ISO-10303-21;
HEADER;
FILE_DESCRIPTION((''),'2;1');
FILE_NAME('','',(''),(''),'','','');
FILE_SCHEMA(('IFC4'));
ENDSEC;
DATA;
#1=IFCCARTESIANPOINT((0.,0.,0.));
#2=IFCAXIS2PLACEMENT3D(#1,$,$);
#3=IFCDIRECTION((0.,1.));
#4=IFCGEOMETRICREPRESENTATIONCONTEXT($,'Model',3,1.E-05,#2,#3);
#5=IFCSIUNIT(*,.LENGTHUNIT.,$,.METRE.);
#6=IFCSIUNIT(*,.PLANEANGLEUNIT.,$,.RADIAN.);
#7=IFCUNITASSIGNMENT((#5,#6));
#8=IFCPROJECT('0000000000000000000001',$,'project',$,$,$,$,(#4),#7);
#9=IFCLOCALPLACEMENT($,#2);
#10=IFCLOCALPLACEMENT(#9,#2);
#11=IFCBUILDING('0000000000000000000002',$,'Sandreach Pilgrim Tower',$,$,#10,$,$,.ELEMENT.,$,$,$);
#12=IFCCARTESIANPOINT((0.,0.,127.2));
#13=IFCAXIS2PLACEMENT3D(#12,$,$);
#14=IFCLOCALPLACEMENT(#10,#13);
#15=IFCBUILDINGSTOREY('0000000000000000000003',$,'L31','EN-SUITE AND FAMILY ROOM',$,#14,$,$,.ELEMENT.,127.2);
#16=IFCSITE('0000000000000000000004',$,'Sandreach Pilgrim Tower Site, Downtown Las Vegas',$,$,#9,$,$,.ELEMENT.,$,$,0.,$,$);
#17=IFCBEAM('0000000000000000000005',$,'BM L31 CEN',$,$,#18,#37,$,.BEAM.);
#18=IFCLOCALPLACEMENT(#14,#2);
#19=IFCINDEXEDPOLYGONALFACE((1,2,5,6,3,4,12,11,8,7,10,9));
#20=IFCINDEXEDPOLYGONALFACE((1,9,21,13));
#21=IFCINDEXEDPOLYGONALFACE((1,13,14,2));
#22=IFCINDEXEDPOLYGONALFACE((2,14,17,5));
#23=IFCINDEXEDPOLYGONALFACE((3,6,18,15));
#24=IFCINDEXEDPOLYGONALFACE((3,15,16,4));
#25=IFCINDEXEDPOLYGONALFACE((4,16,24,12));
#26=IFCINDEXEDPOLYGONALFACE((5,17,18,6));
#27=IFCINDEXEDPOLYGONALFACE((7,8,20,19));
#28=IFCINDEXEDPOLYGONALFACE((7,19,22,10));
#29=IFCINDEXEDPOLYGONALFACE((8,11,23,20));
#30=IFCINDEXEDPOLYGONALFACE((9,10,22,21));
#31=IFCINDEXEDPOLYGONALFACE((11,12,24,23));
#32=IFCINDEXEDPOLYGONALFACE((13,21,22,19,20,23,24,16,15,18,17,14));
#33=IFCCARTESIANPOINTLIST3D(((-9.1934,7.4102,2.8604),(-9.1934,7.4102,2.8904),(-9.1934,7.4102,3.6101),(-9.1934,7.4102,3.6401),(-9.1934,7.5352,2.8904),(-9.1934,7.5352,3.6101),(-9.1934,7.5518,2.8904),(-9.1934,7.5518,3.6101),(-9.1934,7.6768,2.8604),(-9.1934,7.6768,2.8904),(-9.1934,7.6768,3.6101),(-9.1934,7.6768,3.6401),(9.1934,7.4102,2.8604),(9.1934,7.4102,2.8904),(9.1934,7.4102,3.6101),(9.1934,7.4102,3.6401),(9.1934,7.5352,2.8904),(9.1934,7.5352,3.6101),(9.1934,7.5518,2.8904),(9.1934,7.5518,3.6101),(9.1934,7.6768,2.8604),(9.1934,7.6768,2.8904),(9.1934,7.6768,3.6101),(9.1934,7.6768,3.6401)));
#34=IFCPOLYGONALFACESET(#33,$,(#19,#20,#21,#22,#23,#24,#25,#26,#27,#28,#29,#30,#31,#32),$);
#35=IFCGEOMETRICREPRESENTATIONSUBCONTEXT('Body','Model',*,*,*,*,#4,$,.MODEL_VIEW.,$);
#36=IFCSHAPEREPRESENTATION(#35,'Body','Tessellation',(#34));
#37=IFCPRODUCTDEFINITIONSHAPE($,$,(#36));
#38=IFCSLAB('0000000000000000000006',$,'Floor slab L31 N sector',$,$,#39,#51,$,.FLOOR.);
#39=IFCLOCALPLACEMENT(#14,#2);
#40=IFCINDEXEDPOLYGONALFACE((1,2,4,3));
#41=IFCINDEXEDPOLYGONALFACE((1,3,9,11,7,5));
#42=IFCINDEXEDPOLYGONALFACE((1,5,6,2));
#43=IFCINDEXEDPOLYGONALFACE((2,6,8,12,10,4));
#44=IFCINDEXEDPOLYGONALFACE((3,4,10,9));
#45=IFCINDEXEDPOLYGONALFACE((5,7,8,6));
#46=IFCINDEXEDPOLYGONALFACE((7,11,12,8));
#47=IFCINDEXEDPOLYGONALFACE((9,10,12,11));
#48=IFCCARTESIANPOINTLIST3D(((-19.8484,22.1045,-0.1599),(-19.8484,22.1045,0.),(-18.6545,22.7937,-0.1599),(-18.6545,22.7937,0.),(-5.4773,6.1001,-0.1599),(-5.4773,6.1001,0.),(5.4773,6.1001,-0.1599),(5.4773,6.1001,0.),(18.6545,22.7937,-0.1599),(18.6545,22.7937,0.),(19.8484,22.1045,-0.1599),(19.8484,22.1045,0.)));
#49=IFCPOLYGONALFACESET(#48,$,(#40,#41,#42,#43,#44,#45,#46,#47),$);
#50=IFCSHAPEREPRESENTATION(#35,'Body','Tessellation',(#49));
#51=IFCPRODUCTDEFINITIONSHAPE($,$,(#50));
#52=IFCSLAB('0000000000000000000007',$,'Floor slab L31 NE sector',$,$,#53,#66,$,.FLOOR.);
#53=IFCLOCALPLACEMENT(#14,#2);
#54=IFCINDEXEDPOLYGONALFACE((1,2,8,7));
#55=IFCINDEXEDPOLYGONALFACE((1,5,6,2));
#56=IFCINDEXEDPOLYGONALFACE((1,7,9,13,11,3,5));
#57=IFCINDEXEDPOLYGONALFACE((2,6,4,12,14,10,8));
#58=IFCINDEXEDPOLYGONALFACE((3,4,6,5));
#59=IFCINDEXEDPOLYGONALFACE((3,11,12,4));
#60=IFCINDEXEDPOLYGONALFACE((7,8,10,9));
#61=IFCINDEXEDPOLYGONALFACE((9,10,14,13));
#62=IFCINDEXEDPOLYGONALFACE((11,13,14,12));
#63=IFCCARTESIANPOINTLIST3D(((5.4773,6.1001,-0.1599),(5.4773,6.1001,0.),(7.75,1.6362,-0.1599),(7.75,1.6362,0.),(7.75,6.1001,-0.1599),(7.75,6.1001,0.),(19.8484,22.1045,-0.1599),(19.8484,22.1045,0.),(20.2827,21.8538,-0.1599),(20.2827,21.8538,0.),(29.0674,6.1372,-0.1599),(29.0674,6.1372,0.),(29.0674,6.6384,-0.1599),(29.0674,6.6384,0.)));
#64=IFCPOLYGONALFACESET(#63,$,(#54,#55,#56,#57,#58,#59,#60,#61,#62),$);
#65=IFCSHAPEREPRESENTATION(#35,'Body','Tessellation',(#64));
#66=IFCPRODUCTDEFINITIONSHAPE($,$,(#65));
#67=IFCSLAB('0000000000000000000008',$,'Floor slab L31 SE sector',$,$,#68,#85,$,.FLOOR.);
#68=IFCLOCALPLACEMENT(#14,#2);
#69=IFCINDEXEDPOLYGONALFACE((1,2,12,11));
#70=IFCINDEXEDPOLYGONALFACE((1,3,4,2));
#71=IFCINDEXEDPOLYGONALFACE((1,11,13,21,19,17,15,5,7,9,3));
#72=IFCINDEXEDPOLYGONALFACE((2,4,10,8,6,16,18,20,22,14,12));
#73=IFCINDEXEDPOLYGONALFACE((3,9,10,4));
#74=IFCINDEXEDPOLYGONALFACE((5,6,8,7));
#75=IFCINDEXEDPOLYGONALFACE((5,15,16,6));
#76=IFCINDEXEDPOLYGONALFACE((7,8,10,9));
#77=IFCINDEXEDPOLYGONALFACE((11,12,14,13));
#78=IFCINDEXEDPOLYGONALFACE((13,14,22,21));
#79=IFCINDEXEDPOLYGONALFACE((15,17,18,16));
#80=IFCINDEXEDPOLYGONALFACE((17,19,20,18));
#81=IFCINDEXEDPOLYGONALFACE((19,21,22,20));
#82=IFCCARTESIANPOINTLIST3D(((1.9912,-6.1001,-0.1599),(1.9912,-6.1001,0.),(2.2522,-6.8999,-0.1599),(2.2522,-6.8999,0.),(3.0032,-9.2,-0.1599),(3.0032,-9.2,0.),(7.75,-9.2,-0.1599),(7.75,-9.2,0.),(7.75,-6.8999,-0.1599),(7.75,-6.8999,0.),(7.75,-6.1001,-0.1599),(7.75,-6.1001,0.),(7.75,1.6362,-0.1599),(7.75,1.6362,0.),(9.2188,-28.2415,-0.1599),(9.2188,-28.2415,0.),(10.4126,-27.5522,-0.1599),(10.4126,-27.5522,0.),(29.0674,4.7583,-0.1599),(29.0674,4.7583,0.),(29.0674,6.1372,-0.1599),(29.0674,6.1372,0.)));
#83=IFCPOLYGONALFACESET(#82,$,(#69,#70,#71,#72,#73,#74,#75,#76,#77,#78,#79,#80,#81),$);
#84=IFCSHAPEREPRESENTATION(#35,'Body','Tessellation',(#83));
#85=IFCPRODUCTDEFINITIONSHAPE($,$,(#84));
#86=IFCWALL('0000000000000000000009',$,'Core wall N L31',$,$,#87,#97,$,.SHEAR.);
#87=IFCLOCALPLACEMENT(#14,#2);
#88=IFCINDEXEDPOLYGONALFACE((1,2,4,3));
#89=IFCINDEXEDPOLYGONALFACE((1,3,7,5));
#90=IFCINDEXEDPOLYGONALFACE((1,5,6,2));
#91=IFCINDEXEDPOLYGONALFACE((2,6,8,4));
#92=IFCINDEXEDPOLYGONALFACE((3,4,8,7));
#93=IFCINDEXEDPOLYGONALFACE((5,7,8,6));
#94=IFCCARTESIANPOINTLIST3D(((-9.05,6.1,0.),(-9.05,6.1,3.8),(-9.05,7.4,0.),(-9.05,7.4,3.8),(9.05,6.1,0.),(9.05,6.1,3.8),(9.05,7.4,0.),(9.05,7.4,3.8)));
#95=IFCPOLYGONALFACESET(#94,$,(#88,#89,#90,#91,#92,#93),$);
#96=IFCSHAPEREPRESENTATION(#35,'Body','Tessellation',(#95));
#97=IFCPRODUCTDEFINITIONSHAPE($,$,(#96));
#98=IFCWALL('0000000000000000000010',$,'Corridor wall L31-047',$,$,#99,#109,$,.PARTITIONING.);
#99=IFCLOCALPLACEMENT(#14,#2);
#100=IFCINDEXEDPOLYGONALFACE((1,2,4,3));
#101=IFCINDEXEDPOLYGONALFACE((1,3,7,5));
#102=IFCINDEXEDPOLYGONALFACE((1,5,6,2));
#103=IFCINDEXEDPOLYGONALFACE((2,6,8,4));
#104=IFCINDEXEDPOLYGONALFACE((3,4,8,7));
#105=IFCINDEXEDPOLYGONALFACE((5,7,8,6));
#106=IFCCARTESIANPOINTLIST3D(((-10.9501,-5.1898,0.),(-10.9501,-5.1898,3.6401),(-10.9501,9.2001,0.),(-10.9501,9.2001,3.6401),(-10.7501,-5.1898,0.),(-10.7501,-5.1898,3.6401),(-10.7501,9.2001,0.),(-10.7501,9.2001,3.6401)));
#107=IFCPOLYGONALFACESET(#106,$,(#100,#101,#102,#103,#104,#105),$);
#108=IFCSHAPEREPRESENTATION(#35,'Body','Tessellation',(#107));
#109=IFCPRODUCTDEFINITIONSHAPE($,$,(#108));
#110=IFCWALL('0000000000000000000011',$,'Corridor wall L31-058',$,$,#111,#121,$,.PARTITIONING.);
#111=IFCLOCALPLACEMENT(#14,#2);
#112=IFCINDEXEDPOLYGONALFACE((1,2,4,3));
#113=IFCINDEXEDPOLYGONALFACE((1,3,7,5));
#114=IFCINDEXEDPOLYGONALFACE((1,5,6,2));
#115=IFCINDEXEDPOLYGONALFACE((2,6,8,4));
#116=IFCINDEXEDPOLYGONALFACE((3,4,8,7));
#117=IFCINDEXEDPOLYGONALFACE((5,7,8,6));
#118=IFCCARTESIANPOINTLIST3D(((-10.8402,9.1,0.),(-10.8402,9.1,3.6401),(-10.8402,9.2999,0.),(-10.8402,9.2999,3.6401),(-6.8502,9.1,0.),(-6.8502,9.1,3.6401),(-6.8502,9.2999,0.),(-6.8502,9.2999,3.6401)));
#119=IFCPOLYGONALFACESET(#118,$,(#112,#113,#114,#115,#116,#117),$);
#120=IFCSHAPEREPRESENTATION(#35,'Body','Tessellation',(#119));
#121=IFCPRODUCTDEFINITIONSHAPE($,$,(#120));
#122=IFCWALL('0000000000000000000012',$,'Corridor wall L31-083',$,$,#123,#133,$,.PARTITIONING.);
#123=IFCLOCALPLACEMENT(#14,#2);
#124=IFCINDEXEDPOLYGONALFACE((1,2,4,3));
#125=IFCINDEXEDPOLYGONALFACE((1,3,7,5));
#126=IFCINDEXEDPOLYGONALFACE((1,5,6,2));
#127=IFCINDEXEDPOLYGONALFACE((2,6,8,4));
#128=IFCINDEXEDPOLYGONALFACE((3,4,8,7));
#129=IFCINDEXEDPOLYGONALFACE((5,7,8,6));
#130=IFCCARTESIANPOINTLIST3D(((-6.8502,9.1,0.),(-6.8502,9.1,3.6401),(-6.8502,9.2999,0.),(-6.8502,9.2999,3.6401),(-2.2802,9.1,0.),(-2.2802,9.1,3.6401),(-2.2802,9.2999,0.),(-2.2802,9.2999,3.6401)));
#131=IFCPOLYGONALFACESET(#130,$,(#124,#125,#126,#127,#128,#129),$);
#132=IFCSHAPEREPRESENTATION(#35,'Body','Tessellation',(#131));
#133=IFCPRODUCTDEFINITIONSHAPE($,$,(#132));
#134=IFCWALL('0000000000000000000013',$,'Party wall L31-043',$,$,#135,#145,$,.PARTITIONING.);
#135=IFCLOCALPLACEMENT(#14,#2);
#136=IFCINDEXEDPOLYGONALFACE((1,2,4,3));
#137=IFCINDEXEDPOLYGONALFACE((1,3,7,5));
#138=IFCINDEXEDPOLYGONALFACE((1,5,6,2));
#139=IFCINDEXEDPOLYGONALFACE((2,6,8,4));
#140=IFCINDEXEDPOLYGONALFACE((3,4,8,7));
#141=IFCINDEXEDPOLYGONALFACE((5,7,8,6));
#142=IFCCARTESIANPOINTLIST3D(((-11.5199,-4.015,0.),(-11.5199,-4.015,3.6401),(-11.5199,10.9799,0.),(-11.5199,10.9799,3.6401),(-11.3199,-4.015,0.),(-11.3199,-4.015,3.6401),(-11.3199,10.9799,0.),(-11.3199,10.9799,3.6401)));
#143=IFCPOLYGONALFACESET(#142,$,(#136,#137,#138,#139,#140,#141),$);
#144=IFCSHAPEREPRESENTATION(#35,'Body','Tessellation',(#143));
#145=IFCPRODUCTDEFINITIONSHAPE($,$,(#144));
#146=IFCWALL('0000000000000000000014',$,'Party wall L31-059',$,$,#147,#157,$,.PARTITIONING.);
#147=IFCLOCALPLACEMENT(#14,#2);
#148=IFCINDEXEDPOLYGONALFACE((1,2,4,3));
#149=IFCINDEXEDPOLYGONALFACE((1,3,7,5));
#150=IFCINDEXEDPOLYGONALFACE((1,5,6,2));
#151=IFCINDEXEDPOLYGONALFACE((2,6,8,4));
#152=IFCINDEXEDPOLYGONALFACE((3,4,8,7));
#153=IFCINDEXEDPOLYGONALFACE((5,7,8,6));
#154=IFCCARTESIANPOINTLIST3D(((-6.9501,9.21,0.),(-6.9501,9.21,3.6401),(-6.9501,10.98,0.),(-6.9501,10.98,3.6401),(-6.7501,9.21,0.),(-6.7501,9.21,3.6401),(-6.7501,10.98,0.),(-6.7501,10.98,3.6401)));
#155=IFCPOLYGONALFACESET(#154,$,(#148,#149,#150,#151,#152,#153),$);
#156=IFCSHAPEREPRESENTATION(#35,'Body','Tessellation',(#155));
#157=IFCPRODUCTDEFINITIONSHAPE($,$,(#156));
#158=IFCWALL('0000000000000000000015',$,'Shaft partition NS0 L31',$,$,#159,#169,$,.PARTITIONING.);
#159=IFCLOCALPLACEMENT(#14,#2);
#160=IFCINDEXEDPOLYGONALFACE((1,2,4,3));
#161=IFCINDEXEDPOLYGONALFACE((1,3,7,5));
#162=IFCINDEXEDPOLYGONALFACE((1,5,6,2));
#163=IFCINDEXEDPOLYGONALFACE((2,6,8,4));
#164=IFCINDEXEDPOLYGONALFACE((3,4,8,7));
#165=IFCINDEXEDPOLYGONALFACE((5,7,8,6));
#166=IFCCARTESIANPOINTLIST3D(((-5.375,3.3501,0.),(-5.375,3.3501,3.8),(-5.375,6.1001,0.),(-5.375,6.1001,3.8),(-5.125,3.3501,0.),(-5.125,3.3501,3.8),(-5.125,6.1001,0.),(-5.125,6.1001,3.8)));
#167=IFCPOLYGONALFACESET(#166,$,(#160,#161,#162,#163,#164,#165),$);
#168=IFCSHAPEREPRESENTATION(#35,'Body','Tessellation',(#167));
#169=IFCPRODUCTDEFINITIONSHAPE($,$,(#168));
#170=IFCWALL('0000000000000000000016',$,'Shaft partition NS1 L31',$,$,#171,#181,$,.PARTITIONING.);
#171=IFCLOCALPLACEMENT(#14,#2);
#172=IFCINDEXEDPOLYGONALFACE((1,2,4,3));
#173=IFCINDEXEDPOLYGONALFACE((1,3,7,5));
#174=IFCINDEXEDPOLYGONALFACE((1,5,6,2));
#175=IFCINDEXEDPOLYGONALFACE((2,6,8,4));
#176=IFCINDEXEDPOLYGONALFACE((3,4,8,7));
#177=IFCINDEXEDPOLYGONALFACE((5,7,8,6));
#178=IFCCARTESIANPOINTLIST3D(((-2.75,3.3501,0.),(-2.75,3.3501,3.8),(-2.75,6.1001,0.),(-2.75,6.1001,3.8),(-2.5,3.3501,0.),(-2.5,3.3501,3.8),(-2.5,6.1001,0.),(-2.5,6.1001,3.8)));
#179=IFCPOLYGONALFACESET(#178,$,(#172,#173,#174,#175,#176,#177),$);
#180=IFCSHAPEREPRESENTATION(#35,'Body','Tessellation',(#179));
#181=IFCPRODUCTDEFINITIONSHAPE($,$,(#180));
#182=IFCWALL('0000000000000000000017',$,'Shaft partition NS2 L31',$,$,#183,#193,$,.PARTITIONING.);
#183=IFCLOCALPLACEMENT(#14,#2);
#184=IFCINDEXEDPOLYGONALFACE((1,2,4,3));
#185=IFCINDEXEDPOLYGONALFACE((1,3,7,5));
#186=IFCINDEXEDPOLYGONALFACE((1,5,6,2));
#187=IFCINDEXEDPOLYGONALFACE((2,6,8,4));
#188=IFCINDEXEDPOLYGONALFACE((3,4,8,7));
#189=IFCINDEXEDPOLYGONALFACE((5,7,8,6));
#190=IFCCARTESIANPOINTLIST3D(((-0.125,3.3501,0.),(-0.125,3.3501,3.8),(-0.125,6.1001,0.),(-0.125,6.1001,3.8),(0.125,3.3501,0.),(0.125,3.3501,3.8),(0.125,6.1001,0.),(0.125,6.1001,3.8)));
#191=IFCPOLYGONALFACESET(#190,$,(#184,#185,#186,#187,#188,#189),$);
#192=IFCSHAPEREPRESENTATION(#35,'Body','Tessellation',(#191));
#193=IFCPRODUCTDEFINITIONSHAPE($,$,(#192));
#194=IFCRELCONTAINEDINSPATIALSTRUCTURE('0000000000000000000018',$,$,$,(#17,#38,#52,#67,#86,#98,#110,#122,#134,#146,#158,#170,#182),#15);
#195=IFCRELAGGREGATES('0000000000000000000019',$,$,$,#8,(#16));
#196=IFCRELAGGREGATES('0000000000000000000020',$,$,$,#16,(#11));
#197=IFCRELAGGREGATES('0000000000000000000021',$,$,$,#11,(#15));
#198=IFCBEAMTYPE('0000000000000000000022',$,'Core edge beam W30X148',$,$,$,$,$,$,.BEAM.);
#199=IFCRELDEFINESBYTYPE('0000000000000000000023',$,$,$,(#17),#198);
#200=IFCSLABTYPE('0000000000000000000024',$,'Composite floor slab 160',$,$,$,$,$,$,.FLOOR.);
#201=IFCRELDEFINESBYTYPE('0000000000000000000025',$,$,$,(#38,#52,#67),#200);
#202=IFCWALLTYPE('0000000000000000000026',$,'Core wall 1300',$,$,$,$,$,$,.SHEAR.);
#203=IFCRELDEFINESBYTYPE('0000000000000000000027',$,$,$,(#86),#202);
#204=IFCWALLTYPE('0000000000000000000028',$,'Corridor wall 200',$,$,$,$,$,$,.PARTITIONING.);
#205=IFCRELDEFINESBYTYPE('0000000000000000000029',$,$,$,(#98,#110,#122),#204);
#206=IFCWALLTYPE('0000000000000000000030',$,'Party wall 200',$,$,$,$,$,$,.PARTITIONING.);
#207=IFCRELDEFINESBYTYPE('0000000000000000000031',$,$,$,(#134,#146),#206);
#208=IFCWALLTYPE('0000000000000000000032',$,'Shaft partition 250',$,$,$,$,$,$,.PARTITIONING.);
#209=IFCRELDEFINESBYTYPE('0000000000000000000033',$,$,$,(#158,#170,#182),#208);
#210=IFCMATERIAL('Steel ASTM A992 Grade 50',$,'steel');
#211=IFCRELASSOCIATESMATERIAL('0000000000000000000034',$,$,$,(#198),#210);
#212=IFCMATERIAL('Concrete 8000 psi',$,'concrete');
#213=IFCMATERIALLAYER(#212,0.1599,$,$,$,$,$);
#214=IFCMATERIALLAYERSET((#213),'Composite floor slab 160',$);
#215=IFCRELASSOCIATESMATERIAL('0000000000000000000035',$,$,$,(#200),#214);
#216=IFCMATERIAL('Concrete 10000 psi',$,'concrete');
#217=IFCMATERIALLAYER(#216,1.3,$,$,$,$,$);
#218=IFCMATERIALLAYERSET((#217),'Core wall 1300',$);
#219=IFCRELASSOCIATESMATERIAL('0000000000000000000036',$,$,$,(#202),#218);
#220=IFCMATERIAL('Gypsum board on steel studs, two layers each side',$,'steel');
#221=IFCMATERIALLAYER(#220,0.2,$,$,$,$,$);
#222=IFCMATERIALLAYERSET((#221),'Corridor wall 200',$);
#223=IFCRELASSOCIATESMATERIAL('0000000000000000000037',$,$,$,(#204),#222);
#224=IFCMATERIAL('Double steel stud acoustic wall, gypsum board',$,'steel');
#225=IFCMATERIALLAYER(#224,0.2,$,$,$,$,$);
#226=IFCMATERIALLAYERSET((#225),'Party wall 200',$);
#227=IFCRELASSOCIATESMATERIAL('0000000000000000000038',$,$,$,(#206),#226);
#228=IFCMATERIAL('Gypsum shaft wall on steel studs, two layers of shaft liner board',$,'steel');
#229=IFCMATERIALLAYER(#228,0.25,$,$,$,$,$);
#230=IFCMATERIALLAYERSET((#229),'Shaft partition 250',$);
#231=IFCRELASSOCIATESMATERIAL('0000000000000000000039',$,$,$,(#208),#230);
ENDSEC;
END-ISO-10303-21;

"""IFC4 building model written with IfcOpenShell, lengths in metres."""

from ifc_helpers import new_model, si_unit, direction, frame, frame_2d, origin, origin_2d, place, context, subcontext, project, spatial, polyline, rectangle, i_section, outline, extrude, material, layer, layer_set, material_profile, profile_set, type_object, element, save


model = new_model("IFC4")

# Units and contexts
model_context = context("Model", 3, precision=1e-05, world=origin(), true_north=direction((0.0, 1.0)))
body_context = subcontext(model_context, "Body", "Model", "MODEL_VIEW")
ifc_project = project(units=[si_unit("LENGTHUNIT", "METRE"), si_unit("PLANEANGLEUNIT", "RADIAN")], contexts=[model_context])

# Site, building, storey
site_placement = place(None, origin())
site = spatial("IfcSite", under=ifc_project, at=site_placement, Name="Sandreach Pilgrim Tower Site, Downtown Las Vegas", CompositionType="ELEMENT", RefElevation=0.0)
building_placement = place(site_placement, origin())
building = spatial("IfcBuilding", under=site, at=building_placement, Name="Sandreach Pilgrim Tower", CompositionType="ELEMENT")
storey_placement = place(building_placement, frame((0.0, 0.0, 127.2)))
storey = spatial("IfcBuildingStorey", under=building, at=storey_placement, Name="L31", Description="EN-SUITE AND FAMILY ROOM", CompositionType="ELEMENT", Elevation=127.2)

# Beam
ifc_material_1 = material(Name="Steel ASTM A992 Grade 50", Category="steel")
ifc_material_profile = material_profile(ifc_material_1, i_section(OverallWidth=0.2666, OverallDepth=0.7798, WebThickness=0.0166, FlangeThickness=0.03, at=origin_2d()), Name="W30X148")
ifc_profile_set = profile_set([ifc_material_profile], Name="Steel ASTM A992 Grade 50")
beam_type = type_object("IfcBeamType", Name="Core edge beam W30X148", PredefinedType="BEAM", material=ifc_profile_set)
beam_placement = place(storey_placement, frame((-9.1934, 7.5435, 3.2502), z_axis=(1.0, 0.0, 0.0), x_axis=(0.0, 1.0, 0.0)))
element("IfcBeam", 1, at=beam_placement, inside=storey, type_object=beam_type, Name="BM L31 CEN", PredefinedType="BEAM", context=body_context, shape_type="SweptSolid", body=[
    extrude(i_section(OverallWidth=0.2666, OverallDepth=0.7798, WebThickness=0.0166, FlangeThickness=0.03, at=origin_2d()), origin(), (0.0, 0.0, 1.0), 18.3867),
])

# Slabs
ifc_material_2 = material(Name="Concrete 8000 psi", Category="concrete")
ifc_layer_1 = layer(ifc_material_2, 0.1599)
ifc_layer_set_1 = layer_set([ifc_layer_1], Name="Composite floor slab 160")
slab_type = type_object("IfcSlabType", Name="Composite floor slab 160", PredefinedType="FLOOR", material=ifc_layer_set_1)
slab_1_placement = place(storey_placement, frame((0.0, 0.0, -0.1599)))
element("IfcSlab", 2, at=slab_1_placement, inside=storey, type_object=slab_type, Name="Floor slab L31 N sector", PredefinedType="FLOOR", context=body_context, shape_type="SweptSolid", body=[
    extrude(outline(polyline([(-18.6545, 22.7937), (18.6545, 22.7937), (19.8484, 22.1045), (5.4773, 6.1001), (-5.4773, 6.1001), (-19.8484, 22.1045), (-18.6545, 22.7937)])), origin(), (0.0, 0.0, 1.0), 0.1599),
])
slab_2_placement = place(storey_placement, frame((0.0, 0.0, -0.1599)))
element("IfcSlab", 3, at=slab_2_placement, inside=storey, type_object=slab_type, Name="Floor slab L31 NE sector", PredefinedType="FLOOR", context=body_context, shape_type="SweptSolid", body=[
    extrude(outline(polyline([(20.2827, 21.8538), (29.0674, 6.6384), (29.0674, 6.1372), (7.75, 1.6362), (7.75, 6.1001), (5.4773, 6.1001), (19.8484, 22.1045), (20.2827, 21.8538)])), origin(), (0.0, 0.0, 1.0), 0.1599),
])
slab_3_placement = place(storey_placement, frame((0.0, 0.0, -0.1599)))
element("IfcSlab", 4, at=slab_3_placement, inside=storey, type_object=slab_type, Name="Floor slab L31 SE sector", PredefinedType="FLOOR", context=body_context, shape_type="SweptSolid", body=[
    extrude(outline(polyline([(29.0674, 4.7583), (10.4126, -27.5522), (9.2188, -28.2415), (3.0032, -9.2), (7.75, -9.2), (7.75, -6.8999), (2.2522, -6.8999), (1.9912, -6.1001), (7.75, -6.1001), (7.75, 1.6362), (29.0674, 6.1372), (29.0674, 4.7583)])), origin(), (0.0, 0.0, 1.0), 0.1599),
])

# Walls
ifc_material_3 = material(Name="Concrete 10000 psi", Category="concrete")
ifc_layer_2 = layer(ifc_material_3, 1.3)
ifc_layer_set_2 = layer_set([ifc_layer_2], Name="Core wall 1300")
wall_type_1 = type_object("IfcWallType", Name="Core wall 1300", PredefinedType="SHEAR", material=ifc_layer_set_2)
wall_1_placement = place(storey_placement, frame((-9.05, 6.75, 0.0), z_axis=(0.0, 0.0, 1.0), x_axis=(1.0, 0.0, 0.0)))
element("IfcWall", 5, at=wall_1_placement, inside=storey, type_object=wall_type_1, Name="Core wall N L31", PredefinedType="SHEAR", context=body_context, shape_type="SweptSolid", body=[
    extrude(rectangle(XDim=18.1001, YDim=1.3, at=frame_2d((9.05, 0.0))), origin(), (0.0, 0.0, 1.0), 3.8),
])
ifc_material_4 = material(Name="Gypsum board on steel studs, two layers each side", Category="steel")
ifc_layer_3 = layer(ifc_material_4, 0.2)
ifc_layer_set_3 = layer_set([ifc_layer_3], Name="Corridor wall 200")
wall_type_2 = type_object("IfcWallType", Name="Corridor wall 200", PredefinedType="PARTITIONING", material=ifc_layer_set_3)
wall_2_placement = place(storey_placement, frame((-10.8501, 9.2, 0.0), z_axis=(0.0, 0.0, 1.0), x_axis=(0.0, -1.0, 0.0)))
element("IfcWall", 6, at=wall_2_placement, inside=storey, type_object=wall_type_2, Name="Corridor wall L31-047", PredefinedType="PARTITIONING", context=body_context, shape_type="SweptSolid", body=[
    extrude(rectangle(XDim=14.3899, YDim=0.2, at=frame_2d((7.1948, 0.0))), origin(), (0.0, 0.0, 1.0), 3.6401),
])
wall_3_placement = place(storey_placement, frame((-6.8501, 9.2, 0.0), z_axis=(0.0, 0.0, 1.0), x_axis=(-1.0, 0.0, 0.0)))
element("IfcWall", 7, at=wall_3_placement, inside=storey, type_object=wall_type_2, Name="Corridor wall L31-058", PredefinedType="PARTITIONING", context=body_context, shape_type="SweptSolid", body=[
    extrude(rectangle(XDim=3.99, YDim=0.2, at=frame_2d((1.9951, 0.0))), origin(), (0.0, 0.0, 1.0), 3.6401),
])
wall_4_placement = place(storey_placement, frame((-2.28, 9.2, 0.0), z_axis=(0.0, 0.0, 1.0), x_axis=(-1.0, 0.0, 0.0)))
element("IfcWall", 8, at=wall_4_placement, inside=storey, type_object=wall_type_2, Name="Corridor wall L31-083", PredefinedType="PARTITIONING", context=body_context, shape_type="SweptSolid", body=[
    extrude(rectangle(XDim=4.5701, YDim=0.2, at=frame_2d((2.2852, 0.0))), origin(), (0.0, 0.0, 1.0), 3.6401),
])
ifc_material_5 = material(Name="Double steel stud acoustic wall, gypsum board", Category="steel")
ifc_layer_4 = layer(ifc_material_5, 0.2)
ifc_layer_set_4 = layer_set([ifc_layer_4], Name="Party wall 200")
wall_type_3 = type_object("IfcWallType", Name="Party wall 200", PredefinedType="PARTITIONING", material=ifc_layer_set_4)
wall_5_placement = place(storey_placement, frame((-11.4199, 10.98, 0.0), z_axis=(0.0, 0.0, 1.0), x_axis=(0.0, -1.0, 0.0)))
element("IfcWall", 9, at=wall_5_placement, inside=storey, type_object=wall_type_3, Name="Party wall L31-043", PredefinedType="PARTITIONING", context=body_context, shape_type="SweptSolid", body=[
    extrude(rectangle(XDim=14.9949, YDim=0.2, at=frame_2d((7.4976, 0.0))), origin(), (0.0, 0.0, 1.0), 3.6401),
])
wall_6_placement = place(storey_placement, frame((-6.8501, 10.98, 0.0), z_axis=(0.0, 0.0, 1.0), x_axis=(0.0, -1.0, 0.0)))
element("IfcWall", 10, at=wall_6_placement, inside=storey, type_object=wall_type_3, Name="Party wall L31-059", PredefinedType="PARTITIONING", context=body_context, shape_type="SweptSolid", body=[
    extrude(rectangle(XDim=1.77, YDim=0.2, at=frame_2d((0.885, 0.0))), origin(), (0.0, 0.0, 1.0), 3.6401),
])
ifc_material_6 = material(Name="Gypsum shaft wall on steel studs, two layers of shaft liner board", Category="steel")
ifc_layer_5 = layer(ifc_material_6, 0.25)
ifc_layer_set_5 = layer_set([ifc_layer_5], Name="Shaft partition 250")
wall_type_4 = type_object("IfcWallType", Name="Shaft partition 250", PredefinedType="PARTITIONING", material=ifc_layer_set_5)
for number, where, z_axis, x_axis, name in (
    (11, (-5.25, 3.3501, 0.0), (0.0, 0.0, 1.0), (0.0, 1.0, 0.0), "Shaft partition NS0 L31"),
    (12, (-2.625, 3.3501, 0.0), (0.0, 0.0, 1.0), (0.0, 1.0, 0.0), "Shaft partition NS1 L31"),
    (13, (0.0, 3.3501, 0.0), (0.0, 0.0, 1.0), (0.0, 1.0, 0.0), "Shaft partition NS2 L31"),
):
    element("IfcWall", number, at=place(storey_placement, frame(where, z_axis=z_axis, x_axis=x_axis)), inside=storey, type_object=wall_type_4, Name=name, PredefinedType="PARTITIONING", context=body_context, shape_type="SweptSolid", body=[
        extrude(rectangle(XDim=2.75, YDim=0.25, at=frame_2d((1.375, 0.0))), origin(), (0.0, 0.0, 1.0), 3.8),
    ])

save(model, "model.ifc")
